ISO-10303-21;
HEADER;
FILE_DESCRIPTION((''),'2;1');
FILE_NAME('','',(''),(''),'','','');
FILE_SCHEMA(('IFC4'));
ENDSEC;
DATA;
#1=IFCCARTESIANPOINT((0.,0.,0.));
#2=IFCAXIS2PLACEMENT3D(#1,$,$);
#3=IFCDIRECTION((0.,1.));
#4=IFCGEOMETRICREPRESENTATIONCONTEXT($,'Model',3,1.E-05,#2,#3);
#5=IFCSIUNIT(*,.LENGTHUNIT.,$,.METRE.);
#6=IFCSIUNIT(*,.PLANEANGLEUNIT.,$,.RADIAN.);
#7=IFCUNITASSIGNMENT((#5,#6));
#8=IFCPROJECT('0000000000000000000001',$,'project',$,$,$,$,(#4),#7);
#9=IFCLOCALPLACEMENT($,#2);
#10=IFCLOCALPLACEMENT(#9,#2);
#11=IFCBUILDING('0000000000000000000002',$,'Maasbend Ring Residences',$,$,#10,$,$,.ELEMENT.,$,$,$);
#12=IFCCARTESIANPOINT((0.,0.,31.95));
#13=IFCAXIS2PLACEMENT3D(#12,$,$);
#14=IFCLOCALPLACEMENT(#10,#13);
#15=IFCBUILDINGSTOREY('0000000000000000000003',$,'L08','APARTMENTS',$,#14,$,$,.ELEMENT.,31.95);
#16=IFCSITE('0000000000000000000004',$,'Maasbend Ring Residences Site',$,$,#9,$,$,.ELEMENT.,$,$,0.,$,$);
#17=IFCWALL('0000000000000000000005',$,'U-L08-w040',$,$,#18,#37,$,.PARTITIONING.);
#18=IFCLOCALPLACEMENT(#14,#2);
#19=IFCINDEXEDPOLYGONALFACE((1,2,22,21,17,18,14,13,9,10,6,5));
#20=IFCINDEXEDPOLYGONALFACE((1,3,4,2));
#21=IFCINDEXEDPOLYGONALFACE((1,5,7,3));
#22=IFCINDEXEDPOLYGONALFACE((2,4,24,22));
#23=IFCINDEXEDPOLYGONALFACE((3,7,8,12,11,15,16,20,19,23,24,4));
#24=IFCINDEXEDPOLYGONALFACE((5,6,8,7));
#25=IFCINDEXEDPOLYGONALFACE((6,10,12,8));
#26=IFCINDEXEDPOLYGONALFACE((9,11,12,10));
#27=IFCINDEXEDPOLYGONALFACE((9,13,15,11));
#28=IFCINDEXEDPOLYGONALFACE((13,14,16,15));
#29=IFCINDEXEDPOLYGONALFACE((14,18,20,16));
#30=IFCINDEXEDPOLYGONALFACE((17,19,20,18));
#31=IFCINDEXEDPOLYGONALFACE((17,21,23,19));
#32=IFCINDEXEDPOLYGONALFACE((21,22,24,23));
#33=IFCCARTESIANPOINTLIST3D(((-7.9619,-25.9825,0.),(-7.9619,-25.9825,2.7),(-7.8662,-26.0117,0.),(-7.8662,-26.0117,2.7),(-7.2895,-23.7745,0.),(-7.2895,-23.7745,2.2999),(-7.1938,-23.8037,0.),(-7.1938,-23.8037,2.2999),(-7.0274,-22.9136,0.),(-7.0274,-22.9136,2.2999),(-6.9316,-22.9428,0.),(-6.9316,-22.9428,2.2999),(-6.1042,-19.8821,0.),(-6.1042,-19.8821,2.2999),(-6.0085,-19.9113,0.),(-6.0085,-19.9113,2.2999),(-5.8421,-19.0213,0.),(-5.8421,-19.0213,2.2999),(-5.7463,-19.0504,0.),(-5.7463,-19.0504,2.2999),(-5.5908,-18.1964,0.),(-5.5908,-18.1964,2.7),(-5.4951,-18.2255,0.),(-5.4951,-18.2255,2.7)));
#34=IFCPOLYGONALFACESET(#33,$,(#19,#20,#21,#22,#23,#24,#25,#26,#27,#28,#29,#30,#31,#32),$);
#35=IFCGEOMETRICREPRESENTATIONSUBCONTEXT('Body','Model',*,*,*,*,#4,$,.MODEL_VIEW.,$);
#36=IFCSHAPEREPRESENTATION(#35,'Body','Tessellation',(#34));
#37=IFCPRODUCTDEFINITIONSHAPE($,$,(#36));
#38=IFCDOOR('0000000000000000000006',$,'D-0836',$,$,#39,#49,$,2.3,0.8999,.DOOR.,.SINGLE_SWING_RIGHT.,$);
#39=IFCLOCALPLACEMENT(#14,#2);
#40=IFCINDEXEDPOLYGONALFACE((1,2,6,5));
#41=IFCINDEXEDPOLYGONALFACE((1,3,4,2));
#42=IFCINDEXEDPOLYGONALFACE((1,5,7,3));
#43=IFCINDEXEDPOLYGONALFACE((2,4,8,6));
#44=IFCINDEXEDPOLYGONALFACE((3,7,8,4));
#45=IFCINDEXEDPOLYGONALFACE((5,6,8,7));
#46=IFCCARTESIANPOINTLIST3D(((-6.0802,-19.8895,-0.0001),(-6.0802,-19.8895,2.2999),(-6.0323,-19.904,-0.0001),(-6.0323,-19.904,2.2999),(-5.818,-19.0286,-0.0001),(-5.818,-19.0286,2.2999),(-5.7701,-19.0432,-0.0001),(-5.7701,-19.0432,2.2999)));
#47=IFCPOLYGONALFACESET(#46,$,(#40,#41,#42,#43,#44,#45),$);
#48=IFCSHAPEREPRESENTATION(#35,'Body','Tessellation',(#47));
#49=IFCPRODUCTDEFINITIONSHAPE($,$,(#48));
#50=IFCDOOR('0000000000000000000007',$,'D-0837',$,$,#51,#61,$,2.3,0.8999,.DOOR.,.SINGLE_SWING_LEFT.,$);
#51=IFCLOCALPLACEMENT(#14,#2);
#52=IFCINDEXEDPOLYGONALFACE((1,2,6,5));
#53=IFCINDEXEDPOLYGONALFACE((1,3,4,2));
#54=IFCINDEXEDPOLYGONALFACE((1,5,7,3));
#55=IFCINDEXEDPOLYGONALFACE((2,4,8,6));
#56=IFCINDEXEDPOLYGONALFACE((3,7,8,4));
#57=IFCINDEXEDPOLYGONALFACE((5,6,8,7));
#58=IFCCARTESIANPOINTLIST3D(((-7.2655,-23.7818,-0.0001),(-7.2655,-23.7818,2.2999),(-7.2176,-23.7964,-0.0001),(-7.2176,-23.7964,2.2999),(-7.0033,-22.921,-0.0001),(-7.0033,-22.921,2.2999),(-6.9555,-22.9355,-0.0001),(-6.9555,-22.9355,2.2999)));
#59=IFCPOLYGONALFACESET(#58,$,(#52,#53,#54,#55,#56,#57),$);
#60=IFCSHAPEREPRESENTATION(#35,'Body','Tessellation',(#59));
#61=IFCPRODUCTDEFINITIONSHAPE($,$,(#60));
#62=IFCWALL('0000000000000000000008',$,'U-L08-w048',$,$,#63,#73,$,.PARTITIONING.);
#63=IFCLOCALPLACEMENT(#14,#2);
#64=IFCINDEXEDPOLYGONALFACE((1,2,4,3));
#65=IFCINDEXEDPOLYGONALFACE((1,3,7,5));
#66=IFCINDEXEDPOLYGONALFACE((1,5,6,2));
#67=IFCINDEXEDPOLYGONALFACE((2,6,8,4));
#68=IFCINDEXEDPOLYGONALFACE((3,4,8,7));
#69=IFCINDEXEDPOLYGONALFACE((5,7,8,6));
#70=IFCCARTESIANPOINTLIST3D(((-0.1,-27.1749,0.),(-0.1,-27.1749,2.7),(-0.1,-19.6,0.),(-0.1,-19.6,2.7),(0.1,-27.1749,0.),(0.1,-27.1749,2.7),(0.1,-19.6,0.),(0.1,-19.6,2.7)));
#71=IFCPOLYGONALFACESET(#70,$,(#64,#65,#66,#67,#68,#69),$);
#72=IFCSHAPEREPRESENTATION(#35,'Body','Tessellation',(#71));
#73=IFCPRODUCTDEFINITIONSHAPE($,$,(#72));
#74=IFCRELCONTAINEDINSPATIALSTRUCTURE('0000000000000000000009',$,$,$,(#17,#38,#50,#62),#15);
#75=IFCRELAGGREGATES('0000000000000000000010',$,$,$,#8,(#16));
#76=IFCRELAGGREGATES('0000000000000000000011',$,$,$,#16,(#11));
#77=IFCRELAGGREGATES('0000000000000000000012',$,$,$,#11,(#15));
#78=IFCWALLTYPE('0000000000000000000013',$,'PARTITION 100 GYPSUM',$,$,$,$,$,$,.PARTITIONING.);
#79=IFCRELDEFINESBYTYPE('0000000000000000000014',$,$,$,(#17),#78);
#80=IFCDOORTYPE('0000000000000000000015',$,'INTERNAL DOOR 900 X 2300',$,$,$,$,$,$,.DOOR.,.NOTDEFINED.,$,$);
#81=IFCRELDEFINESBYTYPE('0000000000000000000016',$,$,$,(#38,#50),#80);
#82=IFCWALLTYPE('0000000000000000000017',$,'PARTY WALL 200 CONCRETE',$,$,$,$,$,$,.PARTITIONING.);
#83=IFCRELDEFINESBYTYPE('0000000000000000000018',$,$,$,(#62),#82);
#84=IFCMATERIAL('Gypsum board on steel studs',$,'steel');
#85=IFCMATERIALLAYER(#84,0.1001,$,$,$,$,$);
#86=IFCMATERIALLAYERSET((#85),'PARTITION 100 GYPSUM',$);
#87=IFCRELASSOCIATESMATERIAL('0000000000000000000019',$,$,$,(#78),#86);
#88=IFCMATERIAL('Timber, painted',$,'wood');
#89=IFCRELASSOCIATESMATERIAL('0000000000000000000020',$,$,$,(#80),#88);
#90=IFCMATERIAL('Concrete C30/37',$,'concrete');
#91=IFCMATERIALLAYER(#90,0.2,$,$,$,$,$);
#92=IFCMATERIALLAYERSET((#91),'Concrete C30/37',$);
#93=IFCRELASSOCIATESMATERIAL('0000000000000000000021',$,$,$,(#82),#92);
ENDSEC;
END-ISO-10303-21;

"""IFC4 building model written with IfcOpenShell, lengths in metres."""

from ifc_helpers import new_model, si_unit, direction, frame, frame_2d, origin, place, context, subcontext, project, spatial, rectangle, extrude, material, layer, layer_set, type_object, element, fill, save


model = new_model("IFC4")

# Units and contexts
model_context = context("Model", 3, precision=1e-05, world=origin(), true_north=direction((0.0, 1.0)))
body_context = subcontext(model_context, "Body", "Model", "MODEL_VIEW")
ifc_project = project(units=[si_unit("LENGTHUNIT", "METRE"), si_unit("PLANEANGLEUNIT", "RADIAN")], contexts=[model_context])

# Site, building, storey
site_placement = place(None, origin())
site = spatial("IfcSite", under=ifc_project, at=site_placement, Name="Maasbend Ring Residences Site", CompositionType="ELEMENT", RefElevation=0.0)
building_placement = place(site_placement, origin())
building = spatial("IfcBuilding", under=site, at=building_placement, Name="Maasbend Ring Residences", CompositionType="ELEMENT")
storey_placement = place(building_placement, frame((0.0, 0.0, 31.95)))
storey = spatial("IfcBuildingStorey", under=building, at=storey_placement, Name="L08", Description="APARTMENTS", CompositionType="ELEMENT", Elevation=31.95)

# Wall, openings, doors
ifc_material_1 = material(Name="Gypsum board on steel studs", Category="steel")
ifc_layer_1 = layer(ifc_material_1, 0.1001)
ifc_layer_set_1 = layer_set([ifc_layer_1], Name="PARTITION 100 GYPSUM")
wall_type_1 = type_object("IfcWallType", Name="PARTITION 100 GYPSUM", PredefinedType="PARTITIONING", material=ifc_layer_set_1)
wall_1_placement = place(storey_placement, frame((-7.9141, -25.9971, 0.0), z_axis=(0.0, 0.0, 1.0), x_axis=(0.291319, 0.956626, 0.0)))
wall_1 = element("IfcWall", 1, at=wall_1_placement, inside=storey, type_object=wall_type_1, Name="U-L08-w040", PredefinedType="PARTITIONING", context=body_context, shape_type="SweptSolid", body=[
    extrude(rectangle(XDim=8.1392, YDim=0.1001, at=frame_2d((4.0696, 0.0))), origin(), (0.0, 0.0, 1.0), 2.7),
])
opening_1_placement = place(wall_1_placement, frame((6.377, 0.0, 0.0)))
opening_1 = element("IfcOpeningElement", 2, at=opening_1_placement, cuts=wall_1, PredefinedType="OPENING", context=body_context, shape_type="SweptSolid", body=[
    extrude(rectangle(XDim=0.8999, YDim=2.3, at=frame_2d((0.45, 1.1499))), frame((0.0, 0.0601, 0.0), z_axis=(0.0, -1.0, 0.0), x_axis=(1.0, 0.0, 0.0)), (0.0, 0.0, 1.0), 0.1201),
])
opening_2_placement = place(wall_1_placement, frame((2.3081, 0.0, 0.0)))
opening_2 = element("IfcOpeningElement", 3, at=opening_2_placement, cuts=wall_1, PredefinedType="OPENING", context=body_context, shape_type="SweptSolid", body=[
    extrude(rectangle(XDim=0.8999, YDim=2.3, at=frame_2d((0.45, 1.1499))), frame((0.0, 0.0601, 0.0), z_axis=(0.0, -1.0, 0.0), x_axis=(1.0, 0.0, 0.0)), (0.0, 0.0, 1.0), 0.1201),
])
ifc_material_2 = material(Name="Timber, painted", Category="wood")
door_type_1 = type_object("IfcDoorType", Name="INTERNAL DOOR 900 X 2300", OperationType="NOTDEFINED", PredefinedType="DOOR", material=ifc_material_2)
door_1_placement = place(opening_1_placement, origin())
door_1 = element("IfcDoor", 4, at=door_1_placement, inside=storey, type_object=door_type_1, Name="D-0836", OperationType="SINGLE_SWING_RIGHT", OverallHeight=2.3, OverallWidth=0.8999, PredefinedType="DOOR", context=body_context, shape_type="SweptSolid", body=[
    extrude(rectangle(XDim=0.8999, YDim=2.3, at=frame_2d((0.45, 1.1499))), frame((0.0, 0.0249, 0.0), z_axis=(0.0, -1.0, 0.0), x_axis=(1.0, 0.0, 0.0)), (0.0, 0.0, 1.0), 0.05),
])
fill(opening_1, door_1)
door_2_placement = place(opening_2_placement, origin())
door_2 = element("IfcDoor", 5, at=door_2_placement, inside=storey, type_object=door_type_1, Name="D-0837", OperationType="SINGLE_SWING_LEFT", OverallHeight=2.3, OverallWidth=0.8999, PredefinedType="DOOR", context=body_context, shape_type="SweptSolid", body=[
    extrude(rectangle(XDim=0.8999, YDim=2.3, at=frame_2d((0.45, 1.1499))), frame((0.0, 0.0249, 0.0), z_axis=(0.0, -1.0, 0.0), x_axis=(1.0, 0.0, 0.0)), (0.0, 0.0, 1.0), 0.05),
])
fill(opening_2, door_2)

# Wall
ifc_material_3 = material(Name="Concrete C30/37", Category="concrete")
ifc_layer_2 = layer(ifc_material_3, 0.2)
ifc_layer_set_2 = layer_set([ifc_layer_2], Name="Concrete C30/37")
wall_type_2 = type_object("IfcWallType", Name="PARTY WALL 200 CONCRETE", PredefinedType="PARTITIONING", material=ifc_layer_set_2)
wall_2_placement = place(storey_placement, frame((0.0, -27.175, 0.0), z_axis=(0.0, 0.0, 1.0), x_axis=(0.0, 1.0, 0.0)))
element("IfcWall", 6, at=wall_2_placement, inside=storey, type_object=wall_type_2, Name="U-L08-w048", PredefinedType="PARTITIONING", context=body_context, shape_type="SweptSolid", body=[
    extrude(rectangle(XDim=7.575, YDim=0.2, at=frame_2d((3.7876, 0.0))), origin(), (0.0, 0.0, 1.0), 2.7),
])

save(model, "model.ifc")
